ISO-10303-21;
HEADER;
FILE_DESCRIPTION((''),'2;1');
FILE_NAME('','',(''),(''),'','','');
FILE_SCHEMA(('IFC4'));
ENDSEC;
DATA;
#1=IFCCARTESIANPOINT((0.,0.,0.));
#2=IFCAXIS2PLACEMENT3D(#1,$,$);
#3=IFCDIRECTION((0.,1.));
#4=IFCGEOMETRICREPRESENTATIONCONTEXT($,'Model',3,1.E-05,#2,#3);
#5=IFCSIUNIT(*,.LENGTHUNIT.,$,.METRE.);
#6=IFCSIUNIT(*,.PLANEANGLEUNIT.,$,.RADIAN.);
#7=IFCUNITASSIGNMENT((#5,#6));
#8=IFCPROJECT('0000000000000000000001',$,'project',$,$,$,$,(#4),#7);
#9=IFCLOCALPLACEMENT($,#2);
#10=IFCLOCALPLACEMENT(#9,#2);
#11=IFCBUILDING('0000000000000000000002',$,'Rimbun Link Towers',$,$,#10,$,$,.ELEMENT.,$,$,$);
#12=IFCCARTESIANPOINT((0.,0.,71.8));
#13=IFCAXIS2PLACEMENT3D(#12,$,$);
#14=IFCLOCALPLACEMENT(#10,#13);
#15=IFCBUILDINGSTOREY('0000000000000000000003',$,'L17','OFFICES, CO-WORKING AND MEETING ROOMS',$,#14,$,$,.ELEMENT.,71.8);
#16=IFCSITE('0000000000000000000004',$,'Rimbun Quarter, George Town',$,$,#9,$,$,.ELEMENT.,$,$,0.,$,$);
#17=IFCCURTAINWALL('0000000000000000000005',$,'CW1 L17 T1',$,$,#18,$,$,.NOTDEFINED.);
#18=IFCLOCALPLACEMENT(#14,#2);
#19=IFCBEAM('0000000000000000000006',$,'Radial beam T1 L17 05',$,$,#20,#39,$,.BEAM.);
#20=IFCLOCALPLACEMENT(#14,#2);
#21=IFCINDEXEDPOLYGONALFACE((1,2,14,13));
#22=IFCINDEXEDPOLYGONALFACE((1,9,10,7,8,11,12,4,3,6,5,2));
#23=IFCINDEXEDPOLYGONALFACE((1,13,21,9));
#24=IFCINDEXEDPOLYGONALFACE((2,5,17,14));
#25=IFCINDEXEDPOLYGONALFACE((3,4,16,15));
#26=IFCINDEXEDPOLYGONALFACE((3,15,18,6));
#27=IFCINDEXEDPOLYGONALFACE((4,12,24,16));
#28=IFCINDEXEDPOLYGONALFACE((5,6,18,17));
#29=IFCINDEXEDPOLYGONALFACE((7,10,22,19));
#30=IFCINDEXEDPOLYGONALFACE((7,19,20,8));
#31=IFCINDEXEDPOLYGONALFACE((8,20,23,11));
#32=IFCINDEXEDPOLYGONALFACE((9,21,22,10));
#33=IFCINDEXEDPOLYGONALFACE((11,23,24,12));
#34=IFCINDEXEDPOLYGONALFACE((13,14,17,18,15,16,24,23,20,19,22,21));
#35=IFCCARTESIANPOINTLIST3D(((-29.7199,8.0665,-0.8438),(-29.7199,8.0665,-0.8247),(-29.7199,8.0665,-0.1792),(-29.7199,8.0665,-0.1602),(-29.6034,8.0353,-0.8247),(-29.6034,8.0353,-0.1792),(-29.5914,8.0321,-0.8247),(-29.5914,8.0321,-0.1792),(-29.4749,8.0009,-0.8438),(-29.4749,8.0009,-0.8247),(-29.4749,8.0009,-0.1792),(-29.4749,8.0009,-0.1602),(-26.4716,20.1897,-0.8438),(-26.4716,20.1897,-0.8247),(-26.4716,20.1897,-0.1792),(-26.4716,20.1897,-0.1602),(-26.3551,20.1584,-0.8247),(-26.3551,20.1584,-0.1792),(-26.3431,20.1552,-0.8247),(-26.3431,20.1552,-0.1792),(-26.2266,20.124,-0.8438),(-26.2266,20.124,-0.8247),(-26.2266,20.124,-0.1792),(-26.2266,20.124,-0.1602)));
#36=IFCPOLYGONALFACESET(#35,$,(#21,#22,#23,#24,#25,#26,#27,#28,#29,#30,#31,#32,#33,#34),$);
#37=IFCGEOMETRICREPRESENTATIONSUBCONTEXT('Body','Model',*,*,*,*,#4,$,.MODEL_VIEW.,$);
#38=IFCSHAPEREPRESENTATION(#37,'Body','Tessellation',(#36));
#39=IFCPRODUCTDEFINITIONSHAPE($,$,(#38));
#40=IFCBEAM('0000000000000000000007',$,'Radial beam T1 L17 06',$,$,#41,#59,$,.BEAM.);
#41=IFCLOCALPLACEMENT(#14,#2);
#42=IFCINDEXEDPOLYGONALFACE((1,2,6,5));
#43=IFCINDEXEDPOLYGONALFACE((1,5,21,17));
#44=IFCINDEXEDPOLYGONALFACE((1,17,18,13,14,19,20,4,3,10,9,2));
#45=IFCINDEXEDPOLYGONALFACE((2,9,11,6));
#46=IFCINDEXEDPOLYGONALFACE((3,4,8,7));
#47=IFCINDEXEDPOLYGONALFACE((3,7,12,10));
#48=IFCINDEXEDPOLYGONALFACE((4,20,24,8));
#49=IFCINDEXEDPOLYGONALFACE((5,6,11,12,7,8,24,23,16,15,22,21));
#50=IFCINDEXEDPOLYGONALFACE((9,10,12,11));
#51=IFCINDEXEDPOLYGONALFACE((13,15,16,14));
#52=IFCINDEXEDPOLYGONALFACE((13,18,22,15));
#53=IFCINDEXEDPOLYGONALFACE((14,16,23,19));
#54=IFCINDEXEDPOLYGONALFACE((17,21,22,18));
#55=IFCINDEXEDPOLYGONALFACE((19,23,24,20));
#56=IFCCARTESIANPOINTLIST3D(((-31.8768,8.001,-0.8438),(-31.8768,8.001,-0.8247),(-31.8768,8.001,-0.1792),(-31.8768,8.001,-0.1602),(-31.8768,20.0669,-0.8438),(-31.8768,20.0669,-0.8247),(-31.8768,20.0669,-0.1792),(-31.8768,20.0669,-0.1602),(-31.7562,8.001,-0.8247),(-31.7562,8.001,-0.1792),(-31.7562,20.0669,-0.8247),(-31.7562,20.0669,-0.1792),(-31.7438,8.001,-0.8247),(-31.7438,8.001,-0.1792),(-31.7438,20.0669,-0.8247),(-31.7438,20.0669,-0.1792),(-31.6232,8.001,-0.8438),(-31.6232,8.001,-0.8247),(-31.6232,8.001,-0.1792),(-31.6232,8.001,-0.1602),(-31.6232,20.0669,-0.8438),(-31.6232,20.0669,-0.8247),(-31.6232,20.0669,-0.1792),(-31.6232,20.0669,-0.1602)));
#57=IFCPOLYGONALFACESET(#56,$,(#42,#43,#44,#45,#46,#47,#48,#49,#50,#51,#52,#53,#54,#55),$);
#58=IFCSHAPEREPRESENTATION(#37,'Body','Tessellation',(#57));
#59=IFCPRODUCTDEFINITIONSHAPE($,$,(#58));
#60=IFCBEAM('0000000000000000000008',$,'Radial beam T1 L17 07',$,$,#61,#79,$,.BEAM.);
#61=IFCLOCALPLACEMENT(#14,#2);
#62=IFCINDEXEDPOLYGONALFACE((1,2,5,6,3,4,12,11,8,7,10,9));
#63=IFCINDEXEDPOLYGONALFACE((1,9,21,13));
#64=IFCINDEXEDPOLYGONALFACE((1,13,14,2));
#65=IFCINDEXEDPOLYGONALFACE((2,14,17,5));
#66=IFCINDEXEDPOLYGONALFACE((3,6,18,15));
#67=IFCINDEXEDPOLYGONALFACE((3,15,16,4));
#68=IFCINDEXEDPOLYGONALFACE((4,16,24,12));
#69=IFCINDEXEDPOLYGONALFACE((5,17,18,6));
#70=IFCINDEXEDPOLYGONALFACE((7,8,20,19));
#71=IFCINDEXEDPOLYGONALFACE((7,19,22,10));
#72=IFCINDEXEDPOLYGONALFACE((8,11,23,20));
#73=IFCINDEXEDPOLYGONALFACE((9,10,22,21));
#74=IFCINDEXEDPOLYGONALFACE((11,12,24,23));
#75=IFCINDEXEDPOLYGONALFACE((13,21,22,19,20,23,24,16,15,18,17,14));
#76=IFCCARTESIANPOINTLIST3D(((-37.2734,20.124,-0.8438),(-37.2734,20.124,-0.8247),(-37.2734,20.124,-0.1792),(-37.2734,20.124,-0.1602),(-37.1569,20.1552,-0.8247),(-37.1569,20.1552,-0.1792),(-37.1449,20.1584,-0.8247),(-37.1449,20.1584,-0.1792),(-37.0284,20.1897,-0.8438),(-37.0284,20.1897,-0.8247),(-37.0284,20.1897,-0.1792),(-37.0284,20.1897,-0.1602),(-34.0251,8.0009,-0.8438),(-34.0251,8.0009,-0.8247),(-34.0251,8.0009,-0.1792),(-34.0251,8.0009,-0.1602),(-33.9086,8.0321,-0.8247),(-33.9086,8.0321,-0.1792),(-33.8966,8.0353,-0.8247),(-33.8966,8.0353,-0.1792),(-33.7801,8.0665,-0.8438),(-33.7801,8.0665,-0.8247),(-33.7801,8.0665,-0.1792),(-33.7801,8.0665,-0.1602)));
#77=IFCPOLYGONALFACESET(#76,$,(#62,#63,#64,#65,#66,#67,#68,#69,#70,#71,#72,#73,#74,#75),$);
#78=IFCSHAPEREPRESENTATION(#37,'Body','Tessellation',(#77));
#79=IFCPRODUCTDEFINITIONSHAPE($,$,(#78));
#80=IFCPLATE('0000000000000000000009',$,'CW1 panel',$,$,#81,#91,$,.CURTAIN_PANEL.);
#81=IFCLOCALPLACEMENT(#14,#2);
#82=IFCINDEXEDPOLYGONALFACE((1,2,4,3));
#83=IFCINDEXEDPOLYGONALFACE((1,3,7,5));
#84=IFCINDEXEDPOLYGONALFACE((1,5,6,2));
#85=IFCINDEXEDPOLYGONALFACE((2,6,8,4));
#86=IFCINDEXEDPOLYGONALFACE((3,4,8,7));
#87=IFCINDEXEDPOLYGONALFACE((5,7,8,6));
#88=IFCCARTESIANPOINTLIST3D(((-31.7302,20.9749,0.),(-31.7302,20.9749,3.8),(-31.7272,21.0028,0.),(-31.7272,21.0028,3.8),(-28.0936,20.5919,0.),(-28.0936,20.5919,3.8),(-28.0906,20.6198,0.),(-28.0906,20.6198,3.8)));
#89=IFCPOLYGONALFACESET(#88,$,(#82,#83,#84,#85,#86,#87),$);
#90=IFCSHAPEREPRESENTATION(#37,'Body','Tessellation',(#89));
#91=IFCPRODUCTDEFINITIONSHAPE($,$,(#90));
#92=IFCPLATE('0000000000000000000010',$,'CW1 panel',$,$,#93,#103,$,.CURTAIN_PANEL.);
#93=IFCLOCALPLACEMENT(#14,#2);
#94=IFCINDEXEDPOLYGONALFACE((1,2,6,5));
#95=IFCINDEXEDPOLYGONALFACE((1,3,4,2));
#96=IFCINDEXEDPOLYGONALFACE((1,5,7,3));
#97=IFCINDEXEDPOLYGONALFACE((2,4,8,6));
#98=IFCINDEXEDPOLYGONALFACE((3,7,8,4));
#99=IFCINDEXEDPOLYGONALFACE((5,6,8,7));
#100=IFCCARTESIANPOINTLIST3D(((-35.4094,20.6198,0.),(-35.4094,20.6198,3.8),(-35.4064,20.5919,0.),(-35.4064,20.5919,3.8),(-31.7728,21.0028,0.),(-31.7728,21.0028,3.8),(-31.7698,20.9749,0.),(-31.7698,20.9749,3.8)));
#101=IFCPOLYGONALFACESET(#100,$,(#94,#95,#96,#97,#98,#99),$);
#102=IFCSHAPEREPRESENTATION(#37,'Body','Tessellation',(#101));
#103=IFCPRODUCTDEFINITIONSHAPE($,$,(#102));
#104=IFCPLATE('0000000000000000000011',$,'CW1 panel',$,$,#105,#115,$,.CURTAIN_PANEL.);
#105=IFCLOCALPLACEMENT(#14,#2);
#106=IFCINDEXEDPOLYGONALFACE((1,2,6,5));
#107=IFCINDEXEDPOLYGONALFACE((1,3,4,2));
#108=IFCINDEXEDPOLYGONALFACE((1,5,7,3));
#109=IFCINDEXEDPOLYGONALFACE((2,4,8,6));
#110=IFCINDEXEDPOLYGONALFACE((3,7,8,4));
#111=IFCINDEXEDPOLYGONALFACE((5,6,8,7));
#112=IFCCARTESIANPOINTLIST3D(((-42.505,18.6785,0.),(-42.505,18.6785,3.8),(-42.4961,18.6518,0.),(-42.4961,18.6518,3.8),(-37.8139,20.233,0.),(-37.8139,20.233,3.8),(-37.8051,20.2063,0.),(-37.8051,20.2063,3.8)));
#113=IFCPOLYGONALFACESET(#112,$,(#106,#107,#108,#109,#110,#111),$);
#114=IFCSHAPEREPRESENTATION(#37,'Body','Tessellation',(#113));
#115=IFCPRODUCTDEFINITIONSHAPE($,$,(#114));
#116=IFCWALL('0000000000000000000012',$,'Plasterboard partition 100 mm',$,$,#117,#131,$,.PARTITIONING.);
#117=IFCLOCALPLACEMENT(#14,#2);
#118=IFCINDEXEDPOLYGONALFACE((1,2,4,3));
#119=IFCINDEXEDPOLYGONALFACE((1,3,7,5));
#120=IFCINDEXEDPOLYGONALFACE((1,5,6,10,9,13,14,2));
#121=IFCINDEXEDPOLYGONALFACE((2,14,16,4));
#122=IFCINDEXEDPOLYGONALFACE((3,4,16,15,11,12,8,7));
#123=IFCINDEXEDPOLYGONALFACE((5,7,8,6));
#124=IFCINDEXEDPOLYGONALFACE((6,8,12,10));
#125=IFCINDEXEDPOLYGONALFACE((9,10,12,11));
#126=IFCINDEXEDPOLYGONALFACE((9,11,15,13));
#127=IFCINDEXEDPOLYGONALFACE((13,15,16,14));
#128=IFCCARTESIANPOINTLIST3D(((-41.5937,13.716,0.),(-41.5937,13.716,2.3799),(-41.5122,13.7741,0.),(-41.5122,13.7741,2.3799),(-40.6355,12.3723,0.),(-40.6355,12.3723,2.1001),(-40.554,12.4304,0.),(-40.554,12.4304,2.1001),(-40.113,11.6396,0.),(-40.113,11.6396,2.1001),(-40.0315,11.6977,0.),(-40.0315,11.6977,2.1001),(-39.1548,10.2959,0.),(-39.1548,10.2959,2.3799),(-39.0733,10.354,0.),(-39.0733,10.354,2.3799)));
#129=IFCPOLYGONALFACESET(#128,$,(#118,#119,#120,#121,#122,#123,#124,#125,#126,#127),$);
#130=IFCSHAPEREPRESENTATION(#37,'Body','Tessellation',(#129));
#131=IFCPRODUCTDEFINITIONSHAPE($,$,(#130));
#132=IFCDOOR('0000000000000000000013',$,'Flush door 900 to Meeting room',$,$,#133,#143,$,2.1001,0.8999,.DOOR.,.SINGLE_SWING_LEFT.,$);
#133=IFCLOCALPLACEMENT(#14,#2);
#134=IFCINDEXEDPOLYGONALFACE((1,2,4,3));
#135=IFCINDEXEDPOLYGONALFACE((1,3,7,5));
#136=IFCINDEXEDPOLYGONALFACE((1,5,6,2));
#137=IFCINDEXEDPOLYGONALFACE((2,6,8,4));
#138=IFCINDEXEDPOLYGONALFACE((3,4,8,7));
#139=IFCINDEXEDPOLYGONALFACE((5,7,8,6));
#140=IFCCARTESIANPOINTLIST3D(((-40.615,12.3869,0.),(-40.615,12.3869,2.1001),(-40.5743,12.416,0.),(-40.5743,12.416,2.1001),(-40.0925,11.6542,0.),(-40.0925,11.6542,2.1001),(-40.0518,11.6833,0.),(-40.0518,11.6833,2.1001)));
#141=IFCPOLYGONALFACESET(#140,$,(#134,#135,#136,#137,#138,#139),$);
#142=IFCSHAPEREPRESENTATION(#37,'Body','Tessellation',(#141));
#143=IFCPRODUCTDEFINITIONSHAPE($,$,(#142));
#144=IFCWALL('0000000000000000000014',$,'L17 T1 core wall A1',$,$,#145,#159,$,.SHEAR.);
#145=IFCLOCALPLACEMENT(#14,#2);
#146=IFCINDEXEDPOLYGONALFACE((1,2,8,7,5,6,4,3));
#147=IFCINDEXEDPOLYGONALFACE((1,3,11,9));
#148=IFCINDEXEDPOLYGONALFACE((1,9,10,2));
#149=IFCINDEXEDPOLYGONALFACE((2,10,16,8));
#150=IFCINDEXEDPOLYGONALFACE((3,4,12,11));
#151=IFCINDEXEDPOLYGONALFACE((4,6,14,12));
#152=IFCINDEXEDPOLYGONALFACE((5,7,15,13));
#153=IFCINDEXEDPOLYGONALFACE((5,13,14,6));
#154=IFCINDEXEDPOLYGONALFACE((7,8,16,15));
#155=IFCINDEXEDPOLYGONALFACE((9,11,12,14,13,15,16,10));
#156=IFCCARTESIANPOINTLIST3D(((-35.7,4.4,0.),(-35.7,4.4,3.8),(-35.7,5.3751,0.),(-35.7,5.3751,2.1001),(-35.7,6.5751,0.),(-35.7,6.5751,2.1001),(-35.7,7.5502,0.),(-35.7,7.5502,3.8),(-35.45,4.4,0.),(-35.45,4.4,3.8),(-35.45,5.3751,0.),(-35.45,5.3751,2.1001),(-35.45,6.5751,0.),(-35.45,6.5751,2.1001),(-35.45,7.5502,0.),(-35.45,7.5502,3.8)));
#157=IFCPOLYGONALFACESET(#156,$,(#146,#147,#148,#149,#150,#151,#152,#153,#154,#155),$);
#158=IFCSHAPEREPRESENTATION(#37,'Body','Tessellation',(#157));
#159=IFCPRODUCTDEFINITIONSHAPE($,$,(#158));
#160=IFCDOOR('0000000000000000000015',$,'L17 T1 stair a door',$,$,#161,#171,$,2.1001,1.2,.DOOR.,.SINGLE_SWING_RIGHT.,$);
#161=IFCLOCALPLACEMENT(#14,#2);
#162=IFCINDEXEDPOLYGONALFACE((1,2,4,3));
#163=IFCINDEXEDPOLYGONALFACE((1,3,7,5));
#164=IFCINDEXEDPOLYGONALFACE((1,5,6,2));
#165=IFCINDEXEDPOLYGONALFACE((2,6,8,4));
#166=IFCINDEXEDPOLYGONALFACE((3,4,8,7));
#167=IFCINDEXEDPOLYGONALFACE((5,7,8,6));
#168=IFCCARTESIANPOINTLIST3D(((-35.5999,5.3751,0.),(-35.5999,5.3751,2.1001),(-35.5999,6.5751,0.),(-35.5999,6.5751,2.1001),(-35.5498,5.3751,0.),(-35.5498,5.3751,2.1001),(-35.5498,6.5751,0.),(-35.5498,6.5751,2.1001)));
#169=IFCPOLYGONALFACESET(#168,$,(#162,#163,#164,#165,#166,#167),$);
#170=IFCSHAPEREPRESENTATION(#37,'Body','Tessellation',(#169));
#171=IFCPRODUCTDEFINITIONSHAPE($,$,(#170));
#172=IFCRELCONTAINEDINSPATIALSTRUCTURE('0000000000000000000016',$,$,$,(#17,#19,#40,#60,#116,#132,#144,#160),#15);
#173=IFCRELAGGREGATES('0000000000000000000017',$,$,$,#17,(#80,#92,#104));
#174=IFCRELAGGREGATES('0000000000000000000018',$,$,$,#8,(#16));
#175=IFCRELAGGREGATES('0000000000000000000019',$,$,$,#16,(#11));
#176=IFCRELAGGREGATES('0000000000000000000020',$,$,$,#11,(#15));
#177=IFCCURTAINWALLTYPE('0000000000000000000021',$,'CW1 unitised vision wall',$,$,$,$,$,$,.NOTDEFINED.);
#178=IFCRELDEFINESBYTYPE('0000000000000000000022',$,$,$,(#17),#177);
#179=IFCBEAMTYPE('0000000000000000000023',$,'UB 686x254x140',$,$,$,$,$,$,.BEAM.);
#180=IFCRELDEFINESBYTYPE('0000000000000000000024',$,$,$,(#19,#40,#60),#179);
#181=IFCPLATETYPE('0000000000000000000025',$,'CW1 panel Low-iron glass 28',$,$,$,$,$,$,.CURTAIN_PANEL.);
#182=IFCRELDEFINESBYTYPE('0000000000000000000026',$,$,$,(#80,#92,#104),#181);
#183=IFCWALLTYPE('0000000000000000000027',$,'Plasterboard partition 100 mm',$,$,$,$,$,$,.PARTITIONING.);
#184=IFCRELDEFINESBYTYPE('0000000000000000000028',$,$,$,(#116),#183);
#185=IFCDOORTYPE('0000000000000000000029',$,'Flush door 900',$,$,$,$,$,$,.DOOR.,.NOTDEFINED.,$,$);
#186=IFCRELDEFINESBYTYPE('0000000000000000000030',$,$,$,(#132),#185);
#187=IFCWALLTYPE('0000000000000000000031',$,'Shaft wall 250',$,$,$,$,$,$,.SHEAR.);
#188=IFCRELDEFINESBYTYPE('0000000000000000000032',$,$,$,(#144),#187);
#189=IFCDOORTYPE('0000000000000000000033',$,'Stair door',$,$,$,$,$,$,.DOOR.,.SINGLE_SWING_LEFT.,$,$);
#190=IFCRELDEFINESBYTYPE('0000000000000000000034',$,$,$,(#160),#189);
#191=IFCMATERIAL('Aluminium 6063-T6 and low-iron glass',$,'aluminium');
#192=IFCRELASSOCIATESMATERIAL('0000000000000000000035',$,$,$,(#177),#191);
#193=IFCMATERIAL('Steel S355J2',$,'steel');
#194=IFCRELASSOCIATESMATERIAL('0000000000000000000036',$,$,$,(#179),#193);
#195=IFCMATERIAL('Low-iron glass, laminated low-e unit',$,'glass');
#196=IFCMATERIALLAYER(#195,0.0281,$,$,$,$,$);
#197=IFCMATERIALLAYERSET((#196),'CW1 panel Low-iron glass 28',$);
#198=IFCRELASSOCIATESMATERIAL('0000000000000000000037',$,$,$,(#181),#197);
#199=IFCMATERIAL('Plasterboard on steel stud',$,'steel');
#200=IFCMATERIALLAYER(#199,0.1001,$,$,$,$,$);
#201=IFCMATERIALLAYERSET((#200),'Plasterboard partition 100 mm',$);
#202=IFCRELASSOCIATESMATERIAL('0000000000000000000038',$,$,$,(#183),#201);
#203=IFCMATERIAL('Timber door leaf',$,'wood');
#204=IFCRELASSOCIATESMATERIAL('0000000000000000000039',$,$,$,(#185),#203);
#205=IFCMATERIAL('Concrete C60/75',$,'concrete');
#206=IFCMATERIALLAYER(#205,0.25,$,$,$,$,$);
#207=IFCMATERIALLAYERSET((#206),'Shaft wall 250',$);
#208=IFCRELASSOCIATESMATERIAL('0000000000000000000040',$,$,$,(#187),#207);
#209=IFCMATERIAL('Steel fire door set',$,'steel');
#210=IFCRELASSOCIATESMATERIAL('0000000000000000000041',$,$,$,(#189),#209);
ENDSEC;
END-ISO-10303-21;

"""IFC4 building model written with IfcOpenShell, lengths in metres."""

from ifc_helpers import new_model, si_unit, direction, frame, frame_2d, origin, origin_2d, place, context, subcontext, project, spatial, rectangle, i_section, extrude, material, layer, layer_set, material_profile, profile_set, type_object, element, fill, aggregate, save


model = new_model("IFC4")

# Units and contexts
model_context = context("Model", 3, precision=1e-05, world=origin(), true_north=direction((0.0, 1.0)))
body_context = subcontext(model_context, "Body", "Model", "MODEL_VIEW")
ifc_project = project(units=[si_unit("LENGTHUNIT", "METRE"), si_unit("PLANEANGLEUNIT", "RADIAN")], contexts=[model_context])

# Site, building, storey
site_placement = place(None, origin())
site = spatial("IfcSite", under=ifc_project, at=site_placement, Name="Rimbun Quarter, George Town", CompositionType="ELEMENT", RefElevation=0.0)
building_placement = place(site_placement, origin())
building = spatial("IfcBuilding", under=site, at=building_placement, Name="Rimbun Link Towers", CompositionType="ELEMENT")
storey_placement = place(building_placement, frame((0.0, 0.0, 71.8)))
storey = spatial("IfcBuildingStorey", under=building, at=storey_placement, Name="L17", Description="OFFICES, CO-WORKING AND MEETING ROOMS", CompositionType="ELEMENT", Elevation=71.8)

# Curtain wall
ifc_material_1 = material(Name="Aluminium 6063-T6 and low-iron glass", Category="aluminium")
curtain_wall_type = type_object("IfcCurtainWallType", Name="CW1 unitised vision wall", PredefinedType="NOTDEFINED", material=ifc_material_1)
curtain_wall_placement = place(storey_placement, origin())
curtain_wall = element("IfcCurtainWall", 1, at=curtain_wall_placement, inside=storey, type_object=curtain_wall_type, Name="CW1 L17 T1", PredefinedType="NOTDEFINED")

# Beams
ifc_material_2 = material(Name="Steel S355J2", Category="steel")
ifc_material_profile_1 = material_profile(ifc_material_2, i_section(OverallWidth=0.2537, OverallDepth=0.6836, WebThickness=0.0125, FlangeThickness=0.019, at=origin_2d()), Name="UB 686x254x140")
ifc_profile_set_1 = profile_set([ifc_material_profile_1], Name="Steel S355J2")
beam_type_1 = type_object("IfcBeamType", Name="UB 686x254x140", PredefinedType="BEAM", material=ifc_profile_set_1)
beam_1_placement = place(storey_placement, frame((-29.5974, 8.0337, -0.502), z_axis=(0.258814, 0.965927, 0.0), x_axis=(-0.965927, 0.258814, 0.0)))
element("IfcBeam", 2, at=beam_1_placement, inside=storey, type_object=beam_type_1, Name="Radial beam T1 L17 05", PredefinedType="BEAM", context=body_context, shape_type="SweptSolid", body=[
    extrude(i_section(OverallWidth=0.2537, OverallDepth=0.6836, WebThickness=0.0125, FlangeThickness=0.019, at=origin_2d()), origin(), (0.0, 0.0, 1.0), 12.5508),
])
beam_2_placement = place(storey_placement, frame((-31.75, 8.001, -0.502), z_axis=(0.0, 1.0, 0.0), x_axis=(-1.0, 0.0, 0.0)))
element("IfcBeam", 3, at=beam_2_placement, inside=storey, type_object=beam_type_1, Name="Radial beam T1 L17 06", PredefinedType="BEAM", context=body_context, shape_type="SweptSolid", body=[
    extrude(i_section(OverallWidth=0.2537, OverallDepth=0.6836, WebThickness=0.0125, FlangeThickness=0.019, at=origin_2d()), origin(), (0.0, 0.0, 1.0), 12.0659),
])
beam_3_placement = place(storey_placement, frame((-33.9026, 8.0337, -0.502), z_axis=(-0.258814, 0.965927, 0.0), x_axis=(-0.965927, -0.258814, 0.0)))
element("IfcBeam", 4, at=beam_3_placement, inside=storey, type_object=beam_type_1, Name="Radial beam T1 L17 07", PredefinedType="BEAM", context=body_context, shape_type="SweptSolid", body=[
    extrude(i_section(OverallWidth=0.2537, OverallDepth=0.6836, WebThickness=0.0125, FlangeThickness=0.019, at=origin_2d()), origin(), (0.0, 0.0, 1.0), 12.5508),
])

# Plates
ifc_material_3 = material(Name="Low-iron glass, laminated low-e unit", Category="glass")
ifc_layer_1 = layer(ifc_material_3, 0.0281)
ifc_layer_set_1 = layer_set([ifc_layer_1], Name="CW1 panel Low-iron glass 28")
plate_type = type_object("IfcPlateType", Name="CW1 panel Low-iron glass 28", PredefinedType="CURTAIN_PANEL", material=ifc_layer_set_1)
plate_1_placement = place(storey_placement, frame((-29.9104, 20.7974, 0.0), z_axis=(0.0, 0.0, 1.0), x_axis=(0.9945, -0.104735, 0.0)))
plate_1 = element("IfcPlate", 5, at=plate_1_placement, type_object=plate_type, Name="CW1 panel", PredefinedType="CURTAIN_PANEL", context=body_context, shape_type="SweptSolid", body=[
    extrude(rectangle(XDim=3.6567, YDim=0.0281, at=origin_2d()), origin(), (0.0, 0.0, 1.0), 3.8),
])
plate_2_placement = place(storey_placement, frame((-33.5896, 20.7974, 0.0), z_axis=(0.0, 0.0, 1.0), x_axis=(0.9945, 0.104735, 0.0)))
plate_2 = element("IfcPlate", 6, at=plate_2_placement, type_object=plate_type, Name="CW1 panel", PredefinedType="CURTAIN_PANEL", context=body_context, shape_type="SweptSolid", body=[
    extrude(rectangle(XDim=3.6567, YDim=0.0281, at=origin_2d()), origin(), (0.0, 0.0, 1.0), 3.8),
])
plate_3_placement = place(storey_placement, frame((-40.155, 19.4424, 0.0), z_axis=(0.0, 0.0, 1.0), x_axis=(0.949239, 0.314556, 0.0)))
plate_3 = element("IfcPlate", 7, at=plate_3_placement, type_object=plate_type, Name="CW1 panel", PredefinedType="CURTAIN_PANEL", context=body_context, shape_type="SweptSolid", body=[
    extrude(rectangle(XDim=4.9419, YDim=0.0281, at=origin_2d()), origin(), (0.0, 0.0, 1.0), 3.8),
])
aggregate(curtain_wall, [plate_1, plate_2, plate_3])

# Walls, openings, doors
ifc_material_4 = material(Name="Plasterboard on steel stud", Category="steel")
ifc_layer_2 = layer(ifc_material_4, 0.1001)
ifc_layer_set_2 = layer_set([ifc_layer_2], Name="Plasterboard partition 100 mm")
wall_type_1 = type_object("IfcWallType", Name="Plasterboard partition 100 mm", PredefinedType="PARTITIONING", material=ifc_layer_set_2)
wall_1_placement = place(storey_placement, frame((-39.114, 10.325, 0.0), z_axis=(0.0, 0.0, 1.0), x_axis=(-0.580606, 0.814185, 0.0)))
wall_1 = element("IfcWall", 8, at=wall_1_placement, inside=storey, type_object=wall_type_1, Name="Plasterboard partition 100 mm", PredefinedType="PARTITIONING", context=body_context, shape_type="SweptSolid", body=[
    extrude(rectangle(XDim=4.2007, YDim=0.1001, at=frame_2d((2.1003, 0.0))), origin(), (0.0, 0.0, 1.0), 2.3799),
])
opening_1_placement = place(wall_1_placement, frame((1.6504, 0.0, 0.0)))
opening_1 = element("IfcOpeningElement", 9, at=opening_1_placement, cuts=wall_1, PredefinedType="OPENING", context=body_context, shape_type="SweptSolid", body=[
    extrude(rectangle(XDim=0.8999, YDim=2.1001, at=frame_2d((0.45, 1.05))), frame((0.0, 0.0601, 0.0), z_axis=(0.0, -1.0, 0.0), x_axis=(1.0, 0.0, 0.0)), (0.0, 0.0, 1.0), 0.1201),
])
ifc_material_5 = material(Name="Timber door leaf", Category="wood")
door_type_1 = type_object("IfcDoorType", Name="Flush door 900", OperationType="NOTDEFINED", PredefinedType="DOOR", material=ifc_material_5)
door_1_placement = place(opening_1_placement, origin())
door_1 = element("IfcDoor", 10, at=door_1_placement, inside=storey, type_object=door_type_1, Name="Flush door 900 to Meeting room", OperationType="SINGLE_SWING_LEFT", OverallHeight=2.1001, OverallWidth=0.8999, PredefinedType="DOOR", context=body_context, shape_type="SweptSolid", body=[
    extrude(rectangle(XDim=0.8999, YDim=2.1001, at=frame_2d((0.45, 1.05))), frame((0.0, 0.0249, 0.0), z_axis=(0.0, -1.0, 0.0), x_axis=(1.0, 0.0, 0.0)), (0.0, 0.0, 1.0), 0.05),
])
fill(opening_1, door_1)
ifc_material_6 = material(Name="Concrete C60/75", Category="concrete")
ifc_layer_3 = layer(ifc_material_6, 0.25)
ifc_layer_set_3 = layer_set([ifc_layer_3], Name="Shaft wall 250")
wall_type_2 = type_object("IfcWallType", Name="Shaft wall 250", PredefinedType="SHEAR", material=ifc_layer_set_3)
wall_2_placement = place(storey_placement, frame((-35.575, 4.3999, 0.0), z_axis=(0.0, 0.0, 1.0), x_axis=(0.0, 1.0, 0.0)))
wall_2 = element("IfcWall", 11, at=wall_2_placement, inside=storey, type_object=wall_type_2, Name="L17 T1 core wall A1", PredefinedType="SHEAR", context=body_context, shape_type="SweptSolid", body=[
    extrude(rectangle(XDim=3.1501, YDim=0.25, at=frame_2d((1.5752, 0.0))), origin(), (0.0, 0.0, 1.0), 3.8),
])
opening_2_placement = place(wall_2_placement, frame((0.9751, 0.0, 0.0)))
opening_2 = element("IfcOpeningElement", 12, at=opening_2_placement, cuts=wall_2, PredefinedType="OPENING", context=body_context, shape_type="SweptSolid", body=[
    extrude(rectangle(XDim=1.2, YDim=2.1001, at=frame_2d((0.6001, 1.05))), frame((0.0, 0.135, 0.0), z_axis=(0.0, -1.0, 0.0), x_axis=(1.0, 0.0, 0.0)), (0.0, 0.0, 1.0), 0.27),
])
ifc_material_7 = material(Name="Steel fire door set", Category="steel")
door_type_2 = type_object("IfcDoorType", Name="Stair door", OperationType="SINGLE_SWING_LEFT", PredefinedType="DOOR", material=ifc_material_7)
door_2_placement = place(opening_2_placement, origin())
door_2 = element("IfcDoor", 13, at=door_2_placement, inside=storey, type_object=door_type_2, Name="L17 T1 stair a door", OperationType="SINGLE_SWING_RIGHT", OverallHeight=2.1001, OverallWidth=1.2, PredefinedType="DOOR", context=body_context, shape_type="SweptSolid", body=[
    extrude(rectangle(XDim=1.2, YDim=2.1001, at=frame_2d((0.6001, 1.05))), frame((0.0, 0.0249, 0.0), z_axis=(0.0, -1.0, 0.0), x_axis=(1.0, 0.0, 0.0)), (0.0, 0.0, 1.0), 0.05),
])
fill(opening_2, door_2)

save(model, "model.ifc")
